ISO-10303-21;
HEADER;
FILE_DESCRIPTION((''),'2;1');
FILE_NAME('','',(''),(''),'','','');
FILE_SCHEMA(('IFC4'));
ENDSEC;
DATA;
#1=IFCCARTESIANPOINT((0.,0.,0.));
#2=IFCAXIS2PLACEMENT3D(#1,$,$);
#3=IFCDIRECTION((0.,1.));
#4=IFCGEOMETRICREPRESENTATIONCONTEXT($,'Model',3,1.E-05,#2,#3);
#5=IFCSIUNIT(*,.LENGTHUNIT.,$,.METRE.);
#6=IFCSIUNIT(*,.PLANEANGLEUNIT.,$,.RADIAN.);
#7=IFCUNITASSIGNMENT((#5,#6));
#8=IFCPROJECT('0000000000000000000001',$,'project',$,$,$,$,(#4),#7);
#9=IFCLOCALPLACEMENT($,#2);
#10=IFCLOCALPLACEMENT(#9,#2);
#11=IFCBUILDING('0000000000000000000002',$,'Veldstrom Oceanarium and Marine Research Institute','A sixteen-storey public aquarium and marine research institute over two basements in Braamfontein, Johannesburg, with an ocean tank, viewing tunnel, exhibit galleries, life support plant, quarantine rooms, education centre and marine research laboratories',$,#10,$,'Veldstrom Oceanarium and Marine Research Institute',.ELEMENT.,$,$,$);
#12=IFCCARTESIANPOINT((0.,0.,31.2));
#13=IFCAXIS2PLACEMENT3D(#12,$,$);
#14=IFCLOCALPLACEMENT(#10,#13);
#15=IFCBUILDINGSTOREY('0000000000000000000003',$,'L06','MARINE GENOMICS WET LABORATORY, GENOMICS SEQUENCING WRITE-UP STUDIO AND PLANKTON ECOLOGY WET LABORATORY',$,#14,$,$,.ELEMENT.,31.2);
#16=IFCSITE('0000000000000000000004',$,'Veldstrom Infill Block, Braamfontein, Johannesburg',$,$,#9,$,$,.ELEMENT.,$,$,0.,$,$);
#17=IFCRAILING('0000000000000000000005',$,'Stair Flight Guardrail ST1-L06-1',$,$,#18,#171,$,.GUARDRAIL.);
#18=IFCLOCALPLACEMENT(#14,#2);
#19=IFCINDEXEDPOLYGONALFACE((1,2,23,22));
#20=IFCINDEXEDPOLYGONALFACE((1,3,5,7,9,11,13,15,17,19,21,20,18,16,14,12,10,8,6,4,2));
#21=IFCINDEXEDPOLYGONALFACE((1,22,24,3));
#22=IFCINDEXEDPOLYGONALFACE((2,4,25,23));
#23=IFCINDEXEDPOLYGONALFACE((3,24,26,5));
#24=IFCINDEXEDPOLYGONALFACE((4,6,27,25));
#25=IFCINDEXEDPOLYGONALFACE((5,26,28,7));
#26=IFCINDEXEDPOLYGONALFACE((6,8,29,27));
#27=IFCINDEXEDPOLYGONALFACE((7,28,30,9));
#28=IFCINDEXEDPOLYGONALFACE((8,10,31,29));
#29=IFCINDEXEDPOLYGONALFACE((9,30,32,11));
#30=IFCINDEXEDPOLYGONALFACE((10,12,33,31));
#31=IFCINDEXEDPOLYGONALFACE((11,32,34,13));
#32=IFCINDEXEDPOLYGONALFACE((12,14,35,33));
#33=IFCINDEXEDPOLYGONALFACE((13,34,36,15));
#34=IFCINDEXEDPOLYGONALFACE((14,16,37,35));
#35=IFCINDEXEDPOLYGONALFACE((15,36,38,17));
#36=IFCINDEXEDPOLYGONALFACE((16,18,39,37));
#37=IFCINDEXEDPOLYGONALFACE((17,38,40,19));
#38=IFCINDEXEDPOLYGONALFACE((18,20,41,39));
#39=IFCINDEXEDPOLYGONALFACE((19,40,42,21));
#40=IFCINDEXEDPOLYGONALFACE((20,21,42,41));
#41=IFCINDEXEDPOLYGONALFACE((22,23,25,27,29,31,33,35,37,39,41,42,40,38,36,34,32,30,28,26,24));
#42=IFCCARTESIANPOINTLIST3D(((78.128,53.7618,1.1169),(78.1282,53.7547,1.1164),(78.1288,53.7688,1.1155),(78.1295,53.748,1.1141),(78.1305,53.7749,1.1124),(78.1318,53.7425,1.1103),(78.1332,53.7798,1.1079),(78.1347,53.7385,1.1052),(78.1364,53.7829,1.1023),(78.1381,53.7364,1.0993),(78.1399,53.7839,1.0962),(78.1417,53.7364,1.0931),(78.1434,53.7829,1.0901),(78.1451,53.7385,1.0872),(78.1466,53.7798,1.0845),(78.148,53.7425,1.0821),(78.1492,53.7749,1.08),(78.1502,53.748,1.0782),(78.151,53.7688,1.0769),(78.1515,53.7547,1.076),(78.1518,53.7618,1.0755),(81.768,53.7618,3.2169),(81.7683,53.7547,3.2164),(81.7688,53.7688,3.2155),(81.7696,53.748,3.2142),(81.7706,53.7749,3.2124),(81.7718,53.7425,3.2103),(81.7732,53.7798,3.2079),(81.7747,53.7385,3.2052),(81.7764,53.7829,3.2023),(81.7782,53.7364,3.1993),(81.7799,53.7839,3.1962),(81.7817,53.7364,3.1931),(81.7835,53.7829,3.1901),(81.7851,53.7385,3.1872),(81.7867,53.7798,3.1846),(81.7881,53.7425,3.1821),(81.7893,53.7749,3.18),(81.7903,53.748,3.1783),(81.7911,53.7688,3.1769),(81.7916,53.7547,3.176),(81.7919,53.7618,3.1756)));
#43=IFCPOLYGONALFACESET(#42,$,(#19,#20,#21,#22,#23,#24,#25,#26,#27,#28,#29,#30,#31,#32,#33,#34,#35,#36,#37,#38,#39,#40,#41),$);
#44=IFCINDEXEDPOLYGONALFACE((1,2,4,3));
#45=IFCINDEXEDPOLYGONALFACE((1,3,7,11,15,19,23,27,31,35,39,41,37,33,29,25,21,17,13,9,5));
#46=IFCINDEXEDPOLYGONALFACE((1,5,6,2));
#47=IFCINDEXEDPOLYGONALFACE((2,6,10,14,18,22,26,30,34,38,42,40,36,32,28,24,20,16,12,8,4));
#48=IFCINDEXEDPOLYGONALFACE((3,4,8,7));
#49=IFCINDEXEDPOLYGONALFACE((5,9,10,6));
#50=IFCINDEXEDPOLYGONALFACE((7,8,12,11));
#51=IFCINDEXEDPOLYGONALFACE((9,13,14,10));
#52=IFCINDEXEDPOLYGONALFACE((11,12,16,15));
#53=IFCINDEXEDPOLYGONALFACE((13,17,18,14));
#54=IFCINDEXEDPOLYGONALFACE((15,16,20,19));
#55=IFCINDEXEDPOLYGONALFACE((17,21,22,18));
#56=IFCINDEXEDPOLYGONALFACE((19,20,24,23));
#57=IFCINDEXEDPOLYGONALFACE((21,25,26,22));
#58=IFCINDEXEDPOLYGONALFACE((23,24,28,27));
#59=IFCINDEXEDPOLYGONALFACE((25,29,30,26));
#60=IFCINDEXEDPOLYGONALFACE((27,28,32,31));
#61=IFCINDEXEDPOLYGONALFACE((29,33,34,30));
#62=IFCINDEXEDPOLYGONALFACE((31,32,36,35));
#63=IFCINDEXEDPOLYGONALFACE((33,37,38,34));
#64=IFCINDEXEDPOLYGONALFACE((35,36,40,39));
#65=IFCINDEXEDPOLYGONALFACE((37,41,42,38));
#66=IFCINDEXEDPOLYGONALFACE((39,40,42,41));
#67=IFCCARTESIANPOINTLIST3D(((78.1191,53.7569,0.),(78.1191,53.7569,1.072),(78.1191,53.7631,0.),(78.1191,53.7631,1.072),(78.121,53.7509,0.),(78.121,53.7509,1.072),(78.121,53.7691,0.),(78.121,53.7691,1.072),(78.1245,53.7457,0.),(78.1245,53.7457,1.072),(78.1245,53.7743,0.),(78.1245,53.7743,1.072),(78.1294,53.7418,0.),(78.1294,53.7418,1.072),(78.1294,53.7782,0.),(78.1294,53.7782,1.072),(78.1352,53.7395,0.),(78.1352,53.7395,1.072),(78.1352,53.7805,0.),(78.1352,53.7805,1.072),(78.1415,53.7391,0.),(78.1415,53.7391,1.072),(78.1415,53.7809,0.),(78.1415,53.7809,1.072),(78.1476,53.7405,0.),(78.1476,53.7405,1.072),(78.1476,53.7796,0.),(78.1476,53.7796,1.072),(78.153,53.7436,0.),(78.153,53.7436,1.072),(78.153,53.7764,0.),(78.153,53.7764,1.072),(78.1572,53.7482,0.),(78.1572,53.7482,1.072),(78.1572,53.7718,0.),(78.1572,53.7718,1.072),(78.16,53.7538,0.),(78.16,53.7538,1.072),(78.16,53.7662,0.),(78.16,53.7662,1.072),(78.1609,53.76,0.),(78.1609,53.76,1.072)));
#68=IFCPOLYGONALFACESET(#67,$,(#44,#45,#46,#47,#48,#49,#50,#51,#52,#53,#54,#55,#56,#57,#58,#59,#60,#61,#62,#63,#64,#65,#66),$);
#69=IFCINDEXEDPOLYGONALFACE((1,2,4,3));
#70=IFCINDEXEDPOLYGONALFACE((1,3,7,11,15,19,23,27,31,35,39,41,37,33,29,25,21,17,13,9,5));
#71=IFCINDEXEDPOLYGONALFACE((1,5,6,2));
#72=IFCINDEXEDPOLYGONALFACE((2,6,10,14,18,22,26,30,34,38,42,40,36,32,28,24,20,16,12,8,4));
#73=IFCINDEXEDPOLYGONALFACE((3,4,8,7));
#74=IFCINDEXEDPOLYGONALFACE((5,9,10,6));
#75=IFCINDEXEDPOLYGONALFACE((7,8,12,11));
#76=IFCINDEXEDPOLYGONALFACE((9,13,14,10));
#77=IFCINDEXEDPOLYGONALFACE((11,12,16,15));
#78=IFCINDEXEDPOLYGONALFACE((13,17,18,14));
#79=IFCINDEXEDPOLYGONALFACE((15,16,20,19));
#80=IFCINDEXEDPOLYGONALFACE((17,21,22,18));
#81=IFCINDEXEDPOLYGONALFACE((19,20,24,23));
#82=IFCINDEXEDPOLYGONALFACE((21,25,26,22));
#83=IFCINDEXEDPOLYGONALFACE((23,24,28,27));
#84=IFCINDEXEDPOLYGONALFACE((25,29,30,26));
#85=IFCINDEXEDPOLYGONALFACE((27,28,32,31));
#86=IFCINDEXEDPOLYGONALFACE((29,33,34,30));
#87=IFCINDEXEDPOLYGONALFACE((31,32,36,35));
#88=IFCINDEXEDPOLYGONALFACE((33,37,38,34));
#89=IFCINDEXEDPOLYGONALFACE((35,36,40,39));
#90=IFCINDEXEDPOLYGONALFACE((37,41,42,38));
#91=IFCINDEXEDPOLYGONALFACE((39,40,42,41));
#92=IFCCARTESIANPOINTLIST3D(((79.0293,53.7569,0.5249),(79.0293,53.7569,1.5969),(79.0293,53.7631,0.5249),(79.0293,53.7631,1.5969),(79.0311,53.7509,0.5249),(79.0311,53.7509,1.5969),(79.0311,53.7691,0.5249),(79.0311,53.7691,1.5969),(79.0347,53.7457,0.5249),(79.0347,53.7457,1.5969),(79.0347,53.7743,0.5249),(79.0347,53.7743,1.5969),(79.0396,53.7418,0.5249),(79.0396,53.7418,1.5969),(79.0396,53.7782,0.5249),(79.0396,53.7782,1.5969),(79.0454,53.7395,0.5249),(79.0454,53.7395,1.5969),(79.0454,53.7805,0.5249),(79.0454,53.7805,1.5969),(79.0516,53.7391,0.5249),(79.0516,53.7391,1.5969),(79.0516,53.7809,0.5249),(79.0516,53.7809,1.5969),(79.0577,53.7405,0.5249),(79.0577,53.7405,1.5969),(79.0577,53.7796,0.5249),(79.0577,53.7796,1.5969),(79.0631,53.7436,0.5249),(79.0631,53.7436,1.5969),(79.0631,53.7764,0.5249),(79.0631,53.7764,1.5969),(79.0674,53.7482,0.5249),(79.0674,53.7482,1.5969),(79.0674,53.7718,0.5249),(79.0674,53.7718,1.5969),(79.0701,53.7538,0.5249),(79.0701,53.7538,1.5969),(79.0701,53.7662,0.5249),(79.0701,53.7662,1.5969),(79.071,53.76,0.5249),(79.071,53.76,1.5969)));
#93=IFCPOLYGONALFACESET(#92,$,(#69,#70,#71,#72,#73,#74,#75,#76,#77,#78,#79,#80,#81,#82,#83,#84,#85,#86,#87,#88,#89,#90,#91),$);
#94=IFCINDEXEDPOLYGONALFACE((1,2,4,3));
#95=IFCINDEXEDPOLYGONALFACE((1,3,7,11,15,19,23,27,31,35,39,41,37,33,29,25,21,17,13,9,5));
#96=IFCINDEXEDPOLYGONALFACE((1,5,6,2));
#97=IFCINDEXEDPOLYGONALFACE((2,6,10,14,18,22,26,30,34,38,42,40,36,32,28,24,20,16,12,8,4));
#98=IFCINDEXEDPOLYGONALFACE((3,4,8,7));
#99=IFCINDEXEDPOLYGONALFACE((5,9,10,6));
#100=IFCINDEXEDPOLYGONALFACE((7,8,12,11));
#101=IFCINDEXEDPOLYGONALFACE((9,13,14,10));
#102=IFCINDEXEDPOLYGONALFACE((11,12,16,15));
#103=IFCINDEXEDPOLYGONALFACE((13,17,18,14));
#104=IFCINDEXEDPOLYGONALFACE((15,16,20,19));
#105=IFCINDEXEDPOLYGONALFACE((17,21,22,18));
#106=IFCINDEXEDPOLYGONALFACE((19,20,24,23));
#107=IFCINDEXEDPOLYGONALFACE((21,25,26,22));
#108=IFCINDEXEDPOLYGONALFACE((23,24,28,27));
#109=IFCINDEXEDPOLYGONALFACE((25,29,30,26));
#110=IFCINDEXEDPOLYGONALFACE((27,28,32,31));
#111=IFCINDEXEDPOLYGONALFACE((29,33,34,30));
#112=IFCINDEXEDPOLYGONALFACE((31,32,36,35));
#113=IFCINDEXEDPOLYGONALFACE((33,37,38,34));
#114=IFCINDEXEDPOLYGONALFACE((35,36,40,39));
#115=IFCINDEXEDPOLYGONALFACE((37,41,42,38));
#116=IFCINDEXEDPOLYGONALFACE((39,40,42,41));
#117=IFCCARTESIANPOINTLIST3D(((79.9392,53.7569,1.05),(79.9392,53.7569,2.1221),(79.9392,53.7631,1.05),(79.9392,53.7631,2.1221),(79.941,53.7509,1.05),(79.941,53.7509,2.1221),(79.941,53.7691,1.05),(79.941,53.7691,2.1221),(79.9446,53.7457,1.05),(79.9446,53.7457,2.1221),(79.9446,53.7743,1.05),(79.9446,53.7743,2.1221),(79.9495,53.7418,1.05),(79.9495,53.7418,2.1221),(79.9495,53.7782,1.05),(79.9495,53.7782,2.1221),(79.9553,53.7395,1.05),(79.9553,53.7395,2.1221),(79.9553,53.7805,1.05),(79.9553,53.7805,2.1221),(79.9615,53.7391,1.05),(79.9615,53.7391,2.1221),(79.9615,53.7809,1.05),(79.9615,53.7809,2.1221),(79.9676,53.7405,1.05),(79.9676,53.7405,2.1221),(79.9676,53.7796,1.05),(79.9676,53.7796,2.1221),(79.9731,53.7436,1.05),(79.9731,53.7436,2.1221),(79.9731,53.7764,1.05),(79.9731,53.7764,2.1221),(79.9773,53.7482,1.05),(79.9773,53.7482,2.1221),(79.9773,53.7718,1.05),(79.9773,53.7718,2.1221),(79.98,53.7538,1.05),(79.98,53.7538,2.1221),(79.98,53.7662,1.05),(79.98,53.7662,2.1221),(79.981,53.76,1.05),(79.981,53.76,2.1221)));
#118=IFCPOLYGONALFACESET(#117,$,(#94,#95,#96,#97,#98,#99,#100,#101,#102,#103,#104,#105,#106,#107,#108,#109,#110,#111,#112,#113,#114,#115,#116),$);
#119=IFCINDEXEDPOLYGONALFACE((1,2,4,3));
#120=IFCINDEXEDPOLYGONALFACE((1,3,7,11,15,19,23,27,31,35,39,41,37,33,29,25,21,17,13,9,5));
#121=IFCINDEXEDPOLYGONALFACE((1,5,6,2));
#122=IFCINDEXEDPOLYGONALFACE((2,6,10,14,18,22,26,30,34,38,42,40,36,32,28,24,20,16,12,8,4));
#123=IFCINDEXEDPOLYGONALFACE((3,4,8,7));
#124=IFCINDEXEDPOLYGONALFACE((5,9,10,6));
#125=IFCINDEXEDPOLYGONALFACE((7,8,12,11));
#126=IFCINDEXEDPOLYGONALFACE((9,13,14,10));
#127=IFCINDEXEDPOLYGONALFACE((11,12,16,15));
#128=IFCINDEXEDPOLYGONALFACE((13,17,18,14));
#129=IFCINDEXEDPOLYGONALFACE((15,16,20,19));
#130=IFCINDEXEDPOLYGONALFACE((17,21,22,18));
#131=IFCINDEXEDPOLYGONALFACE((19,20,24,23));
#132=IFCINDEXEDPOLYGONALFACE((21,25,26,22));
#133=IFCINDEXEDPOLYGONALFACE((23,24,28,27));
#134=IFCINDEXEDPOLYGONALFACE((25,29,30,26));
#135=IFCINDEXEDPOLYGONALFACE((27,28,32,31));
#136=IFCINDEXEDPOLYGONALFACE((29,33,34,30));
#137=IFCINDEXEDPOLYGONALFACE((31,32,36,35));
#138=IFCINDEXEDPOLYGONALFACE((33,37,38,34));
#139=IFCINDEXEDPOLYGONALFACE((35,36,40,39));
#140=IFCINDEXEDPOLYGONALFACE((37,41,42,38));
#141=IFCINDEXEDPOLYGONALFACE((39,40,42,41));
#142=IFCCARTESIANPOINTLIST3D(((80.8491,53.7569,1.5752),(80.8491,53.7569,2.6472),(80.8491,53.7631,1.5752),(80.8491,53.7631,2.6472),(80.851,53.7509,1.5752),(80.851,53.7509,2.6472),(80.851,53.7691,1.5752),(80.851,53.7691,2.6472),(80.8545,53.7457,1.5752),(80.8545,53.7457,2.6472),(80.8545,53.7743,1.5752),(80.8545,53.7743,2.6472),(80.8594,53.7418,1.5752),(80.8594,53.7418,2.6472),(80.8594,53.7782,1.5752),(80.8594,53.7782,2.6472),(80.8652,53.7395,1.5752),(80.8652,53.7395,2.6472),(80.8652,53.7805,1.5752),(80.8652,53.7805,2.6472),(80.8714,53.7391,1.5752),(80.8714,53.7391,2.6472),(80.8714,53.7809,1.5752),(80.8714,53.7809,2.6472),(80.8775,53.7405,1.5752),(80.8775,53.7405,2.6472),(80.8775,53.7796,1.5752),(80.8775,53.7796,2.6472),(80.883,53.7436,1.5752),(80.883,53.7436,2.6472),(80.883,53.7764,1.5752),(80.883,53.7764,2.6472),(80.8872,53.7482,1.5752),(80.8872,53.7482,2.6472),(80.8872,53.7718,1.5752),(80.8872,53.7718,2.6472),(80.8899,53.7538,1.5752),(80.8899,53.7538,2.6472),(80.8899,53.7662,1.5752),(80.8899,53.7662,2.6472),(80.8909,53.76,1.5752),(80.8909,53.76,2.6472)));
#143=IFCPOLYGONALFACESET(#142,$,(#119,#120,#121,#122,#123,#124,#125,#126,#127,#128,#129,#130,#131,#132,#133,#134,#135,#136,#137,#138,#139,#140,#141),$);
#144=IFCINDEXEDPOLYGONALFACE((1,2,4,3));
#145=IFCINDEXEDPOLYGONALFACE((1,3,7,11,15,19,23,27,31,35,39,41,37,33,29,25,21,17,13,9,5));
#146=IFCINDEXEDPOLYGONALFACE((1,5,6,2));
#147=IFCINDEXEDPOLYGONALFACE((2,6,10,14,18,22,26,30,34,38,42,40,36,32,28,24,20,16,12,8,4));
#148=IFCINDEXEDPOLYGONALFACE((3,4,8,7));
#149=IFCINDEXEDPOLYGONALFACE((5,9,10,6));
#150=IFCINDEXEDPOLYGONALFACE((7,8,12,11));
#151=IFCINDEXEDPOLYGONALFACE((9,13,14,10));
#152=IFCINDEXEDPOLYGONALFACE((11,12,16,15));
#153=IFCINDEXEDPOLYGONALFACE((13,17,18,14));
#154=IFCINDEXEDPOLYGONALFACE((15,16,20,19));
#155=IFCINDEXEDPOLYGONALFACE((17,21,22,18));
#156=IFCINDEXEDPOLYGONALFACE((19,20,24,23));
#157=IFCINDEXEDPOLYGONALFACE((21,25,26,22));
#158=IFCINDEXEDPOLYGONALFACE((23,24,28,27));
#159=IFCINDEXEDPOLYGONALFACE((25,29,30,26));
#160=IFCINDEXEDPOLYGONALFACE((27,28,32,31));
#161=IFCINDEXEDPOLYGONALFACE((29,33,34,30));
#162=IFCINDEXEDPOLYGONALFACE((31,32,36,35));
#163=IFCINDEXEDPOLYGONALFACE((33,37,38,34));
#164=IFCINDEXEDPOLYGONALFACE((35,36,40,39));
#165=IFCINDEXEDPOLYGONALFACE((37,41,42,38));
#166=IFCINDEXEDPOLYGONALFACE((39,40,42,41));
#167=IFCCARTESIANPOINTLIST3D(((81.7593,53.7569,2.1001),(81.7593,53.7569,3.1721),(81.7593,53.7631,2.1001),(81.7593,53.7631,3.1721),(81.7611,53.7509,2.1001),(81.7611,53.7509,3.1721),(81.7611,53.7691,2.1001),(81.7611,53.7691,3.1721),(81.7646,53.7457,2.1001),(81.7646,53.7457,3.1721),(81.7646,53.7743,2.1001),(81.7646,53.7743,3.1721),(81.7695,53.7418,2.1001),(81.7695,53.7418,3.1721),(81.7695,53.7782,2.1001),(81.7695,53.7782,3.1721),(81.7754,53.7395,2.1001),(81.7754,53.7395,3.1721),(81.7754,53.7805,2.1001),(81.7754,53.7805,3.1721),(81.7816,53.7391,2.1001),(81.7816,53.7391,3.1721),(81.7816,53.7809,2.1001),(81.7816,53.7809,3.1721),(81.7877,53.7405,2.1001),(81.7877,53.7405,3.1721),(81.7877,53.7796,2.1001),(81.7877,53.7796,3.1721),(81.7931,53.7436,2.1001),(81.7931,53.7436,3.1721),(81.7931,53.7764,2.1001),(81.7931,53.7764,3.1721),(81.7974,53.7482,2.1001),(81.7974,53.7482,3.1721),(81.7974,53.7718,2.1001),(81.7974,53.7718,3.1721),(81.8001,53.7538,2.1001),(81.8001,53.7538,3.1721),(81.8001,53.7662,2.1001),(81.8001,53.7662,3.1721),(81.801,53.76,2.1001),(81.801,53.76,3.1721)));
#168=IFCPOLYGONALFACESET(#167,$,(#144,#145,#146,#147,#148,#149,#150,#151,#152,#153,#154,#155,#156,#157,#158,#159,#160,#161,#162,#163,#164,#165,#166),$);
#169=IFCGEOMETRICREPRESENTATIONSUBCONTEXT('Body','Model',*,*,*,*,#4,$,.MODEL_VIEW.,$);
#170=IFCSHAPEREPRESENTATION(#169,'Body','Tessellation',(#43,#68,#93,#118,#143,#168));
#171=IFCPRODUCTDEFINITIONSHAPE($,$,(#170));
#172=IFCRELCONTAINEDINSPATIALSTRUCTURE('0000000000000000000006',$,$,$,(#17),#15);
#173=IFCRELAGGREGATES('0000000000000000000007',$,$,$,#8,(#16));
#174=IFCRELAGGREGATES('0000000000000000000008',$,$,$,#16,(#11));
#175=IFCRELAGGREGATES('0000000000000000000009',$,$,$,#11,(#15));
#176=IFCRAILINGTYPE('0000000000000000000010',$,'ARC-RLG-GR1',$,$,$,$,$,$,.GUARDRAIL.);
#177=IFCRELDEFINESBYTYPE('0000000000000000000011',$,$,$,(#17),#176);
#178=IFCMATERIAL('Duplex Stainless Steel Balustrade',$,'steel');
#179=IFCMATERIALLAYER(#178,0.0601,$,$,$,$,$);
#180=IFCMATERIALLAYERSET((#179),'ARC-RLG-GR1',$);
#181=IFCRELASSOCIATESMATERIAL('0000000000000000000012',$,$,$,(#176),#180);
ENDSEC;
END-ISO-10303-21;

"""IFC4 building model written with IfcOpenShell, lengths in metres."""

from ifc_helpers import new_model, si_unit, direction, frame, origin, origin_2d, place, context, subcontext, project, spatial, circle, extrude, material, layer, layer_set, type_object, element, save


model = new_model("IFC4")

# Units and contexts
model_context = context("Model", 3, precision=1e-05, world=origin(), true_north=direction((0.0, 1.0)))
body_context = subcontext(model_context, "Body", "Model", "MODEL_VIEW")
ifc_project = project(units=[si_unit("LENGTHUNIT", "METRE"), si_unit("PLANEANGLEUNIT", "RADIAN")], contexts=[model_context])

# Site, building, storey
site_placement = place(None, origin())
site = spatial("IfcSite", under=ifc_project, at=site_placement, Name="Veldstrom Infill Block, Braamfontein, Johannesburg", CompositionType="ELEMENT", RefElevation=0.0)
building_placement = place(site_placement, origin())
building = spatial("IfcBuilding", under=site, at=building_placement, Name="Veldstrom Oceanarium and Marine Research Institute", Description="A sixteen-storey public aquarium and marine research institute over two basements in Braamfontein, Johannesburg, with an ocean tank, viewing tunnel, exhibit galleries, life support plant, quarantine rooms, education centre and marine research laboratories", LongName="Veldstrom Oceanarium and Marine Research Institute", CompositionType="ELEMENT")
storey_placement = place(building_placement, frame((0.0, 0.0, 31.2)))
storey = spatial("IfcBuildingStorey", under=building, at=storey_placement, Name="L06", Description="MARINE GENOMICS WET LABORATORY, GENOMICS SEQUENCING WRITE-UP STUDIO AND PLANKTON ECOLOGY WET LABORATORY", CompositionType="ELEMENT", Elevation=31.2)

# Railing
ifc_material_1 = material(Name="Duplex Stainless Steel Balustrade", Category="steel")
ifc_layer_1 = layer(ifc_material_1, 0.0601)
ifc_layer_set_1 = layer_set([ifc_layer_1], Name="ARC-RLG-GR1")
railing_type_1 = type_object("IfcRailingType", Name="ARC-RLG-GR1", PredefinedType="GUARDRAIL", material=ifc_layer_set_1)
railing_1_placement = place(storey_placement, frame((78.1399, 53.76, 0.0)))
element("IfcRailing", 1, at=railing_1_placement, inside=storey, type_object=railing_type_1, Name="Stair Flight Guardrail ST1-L06-1", PredefinedType="GUARDRAIL", context=body_context, shape_type="SweptSolid", body=[
    extrude(circle(Radius=0.0239, at=origin_2d()), frame((0.0, 0.0, 1.0962), z_axis=(0.866184, 0.0, 0.499726), x_axis=(0.0, 1.0, 0.0)), (0.0, 0.0, 1.0), 4.2024),
    extrude(circle(Radius=0.021, at=origin_2d()), origin(), (0.0, 0.0, 1.0), 1.072),
    extrude(circle(Radius=0.021, at=origin_2d()), frame((0.9102, 0.0, 0.5249)), (0.0, 0.0, 1.0), 1.072),
    extrude(circle(Radius=0.021, at=origin_2d()), frame((1.8201, 0.0, 1.05)), (0.0, 0.0, 1.0), 1.072),
    extrude(circle(Radius=0.021, at=origin_2d()), frame((2.73, 0.0, 1.5752)), (0.0, 0.0, 1.0), 1.072),
    extrude(circle(Radius=0.021, at=origin_2d()), frame((3.6401, 0.0, 2.1001)), (0.0, 0.0, 1.0), 1.072),
])

save(model, "model.ifc")
